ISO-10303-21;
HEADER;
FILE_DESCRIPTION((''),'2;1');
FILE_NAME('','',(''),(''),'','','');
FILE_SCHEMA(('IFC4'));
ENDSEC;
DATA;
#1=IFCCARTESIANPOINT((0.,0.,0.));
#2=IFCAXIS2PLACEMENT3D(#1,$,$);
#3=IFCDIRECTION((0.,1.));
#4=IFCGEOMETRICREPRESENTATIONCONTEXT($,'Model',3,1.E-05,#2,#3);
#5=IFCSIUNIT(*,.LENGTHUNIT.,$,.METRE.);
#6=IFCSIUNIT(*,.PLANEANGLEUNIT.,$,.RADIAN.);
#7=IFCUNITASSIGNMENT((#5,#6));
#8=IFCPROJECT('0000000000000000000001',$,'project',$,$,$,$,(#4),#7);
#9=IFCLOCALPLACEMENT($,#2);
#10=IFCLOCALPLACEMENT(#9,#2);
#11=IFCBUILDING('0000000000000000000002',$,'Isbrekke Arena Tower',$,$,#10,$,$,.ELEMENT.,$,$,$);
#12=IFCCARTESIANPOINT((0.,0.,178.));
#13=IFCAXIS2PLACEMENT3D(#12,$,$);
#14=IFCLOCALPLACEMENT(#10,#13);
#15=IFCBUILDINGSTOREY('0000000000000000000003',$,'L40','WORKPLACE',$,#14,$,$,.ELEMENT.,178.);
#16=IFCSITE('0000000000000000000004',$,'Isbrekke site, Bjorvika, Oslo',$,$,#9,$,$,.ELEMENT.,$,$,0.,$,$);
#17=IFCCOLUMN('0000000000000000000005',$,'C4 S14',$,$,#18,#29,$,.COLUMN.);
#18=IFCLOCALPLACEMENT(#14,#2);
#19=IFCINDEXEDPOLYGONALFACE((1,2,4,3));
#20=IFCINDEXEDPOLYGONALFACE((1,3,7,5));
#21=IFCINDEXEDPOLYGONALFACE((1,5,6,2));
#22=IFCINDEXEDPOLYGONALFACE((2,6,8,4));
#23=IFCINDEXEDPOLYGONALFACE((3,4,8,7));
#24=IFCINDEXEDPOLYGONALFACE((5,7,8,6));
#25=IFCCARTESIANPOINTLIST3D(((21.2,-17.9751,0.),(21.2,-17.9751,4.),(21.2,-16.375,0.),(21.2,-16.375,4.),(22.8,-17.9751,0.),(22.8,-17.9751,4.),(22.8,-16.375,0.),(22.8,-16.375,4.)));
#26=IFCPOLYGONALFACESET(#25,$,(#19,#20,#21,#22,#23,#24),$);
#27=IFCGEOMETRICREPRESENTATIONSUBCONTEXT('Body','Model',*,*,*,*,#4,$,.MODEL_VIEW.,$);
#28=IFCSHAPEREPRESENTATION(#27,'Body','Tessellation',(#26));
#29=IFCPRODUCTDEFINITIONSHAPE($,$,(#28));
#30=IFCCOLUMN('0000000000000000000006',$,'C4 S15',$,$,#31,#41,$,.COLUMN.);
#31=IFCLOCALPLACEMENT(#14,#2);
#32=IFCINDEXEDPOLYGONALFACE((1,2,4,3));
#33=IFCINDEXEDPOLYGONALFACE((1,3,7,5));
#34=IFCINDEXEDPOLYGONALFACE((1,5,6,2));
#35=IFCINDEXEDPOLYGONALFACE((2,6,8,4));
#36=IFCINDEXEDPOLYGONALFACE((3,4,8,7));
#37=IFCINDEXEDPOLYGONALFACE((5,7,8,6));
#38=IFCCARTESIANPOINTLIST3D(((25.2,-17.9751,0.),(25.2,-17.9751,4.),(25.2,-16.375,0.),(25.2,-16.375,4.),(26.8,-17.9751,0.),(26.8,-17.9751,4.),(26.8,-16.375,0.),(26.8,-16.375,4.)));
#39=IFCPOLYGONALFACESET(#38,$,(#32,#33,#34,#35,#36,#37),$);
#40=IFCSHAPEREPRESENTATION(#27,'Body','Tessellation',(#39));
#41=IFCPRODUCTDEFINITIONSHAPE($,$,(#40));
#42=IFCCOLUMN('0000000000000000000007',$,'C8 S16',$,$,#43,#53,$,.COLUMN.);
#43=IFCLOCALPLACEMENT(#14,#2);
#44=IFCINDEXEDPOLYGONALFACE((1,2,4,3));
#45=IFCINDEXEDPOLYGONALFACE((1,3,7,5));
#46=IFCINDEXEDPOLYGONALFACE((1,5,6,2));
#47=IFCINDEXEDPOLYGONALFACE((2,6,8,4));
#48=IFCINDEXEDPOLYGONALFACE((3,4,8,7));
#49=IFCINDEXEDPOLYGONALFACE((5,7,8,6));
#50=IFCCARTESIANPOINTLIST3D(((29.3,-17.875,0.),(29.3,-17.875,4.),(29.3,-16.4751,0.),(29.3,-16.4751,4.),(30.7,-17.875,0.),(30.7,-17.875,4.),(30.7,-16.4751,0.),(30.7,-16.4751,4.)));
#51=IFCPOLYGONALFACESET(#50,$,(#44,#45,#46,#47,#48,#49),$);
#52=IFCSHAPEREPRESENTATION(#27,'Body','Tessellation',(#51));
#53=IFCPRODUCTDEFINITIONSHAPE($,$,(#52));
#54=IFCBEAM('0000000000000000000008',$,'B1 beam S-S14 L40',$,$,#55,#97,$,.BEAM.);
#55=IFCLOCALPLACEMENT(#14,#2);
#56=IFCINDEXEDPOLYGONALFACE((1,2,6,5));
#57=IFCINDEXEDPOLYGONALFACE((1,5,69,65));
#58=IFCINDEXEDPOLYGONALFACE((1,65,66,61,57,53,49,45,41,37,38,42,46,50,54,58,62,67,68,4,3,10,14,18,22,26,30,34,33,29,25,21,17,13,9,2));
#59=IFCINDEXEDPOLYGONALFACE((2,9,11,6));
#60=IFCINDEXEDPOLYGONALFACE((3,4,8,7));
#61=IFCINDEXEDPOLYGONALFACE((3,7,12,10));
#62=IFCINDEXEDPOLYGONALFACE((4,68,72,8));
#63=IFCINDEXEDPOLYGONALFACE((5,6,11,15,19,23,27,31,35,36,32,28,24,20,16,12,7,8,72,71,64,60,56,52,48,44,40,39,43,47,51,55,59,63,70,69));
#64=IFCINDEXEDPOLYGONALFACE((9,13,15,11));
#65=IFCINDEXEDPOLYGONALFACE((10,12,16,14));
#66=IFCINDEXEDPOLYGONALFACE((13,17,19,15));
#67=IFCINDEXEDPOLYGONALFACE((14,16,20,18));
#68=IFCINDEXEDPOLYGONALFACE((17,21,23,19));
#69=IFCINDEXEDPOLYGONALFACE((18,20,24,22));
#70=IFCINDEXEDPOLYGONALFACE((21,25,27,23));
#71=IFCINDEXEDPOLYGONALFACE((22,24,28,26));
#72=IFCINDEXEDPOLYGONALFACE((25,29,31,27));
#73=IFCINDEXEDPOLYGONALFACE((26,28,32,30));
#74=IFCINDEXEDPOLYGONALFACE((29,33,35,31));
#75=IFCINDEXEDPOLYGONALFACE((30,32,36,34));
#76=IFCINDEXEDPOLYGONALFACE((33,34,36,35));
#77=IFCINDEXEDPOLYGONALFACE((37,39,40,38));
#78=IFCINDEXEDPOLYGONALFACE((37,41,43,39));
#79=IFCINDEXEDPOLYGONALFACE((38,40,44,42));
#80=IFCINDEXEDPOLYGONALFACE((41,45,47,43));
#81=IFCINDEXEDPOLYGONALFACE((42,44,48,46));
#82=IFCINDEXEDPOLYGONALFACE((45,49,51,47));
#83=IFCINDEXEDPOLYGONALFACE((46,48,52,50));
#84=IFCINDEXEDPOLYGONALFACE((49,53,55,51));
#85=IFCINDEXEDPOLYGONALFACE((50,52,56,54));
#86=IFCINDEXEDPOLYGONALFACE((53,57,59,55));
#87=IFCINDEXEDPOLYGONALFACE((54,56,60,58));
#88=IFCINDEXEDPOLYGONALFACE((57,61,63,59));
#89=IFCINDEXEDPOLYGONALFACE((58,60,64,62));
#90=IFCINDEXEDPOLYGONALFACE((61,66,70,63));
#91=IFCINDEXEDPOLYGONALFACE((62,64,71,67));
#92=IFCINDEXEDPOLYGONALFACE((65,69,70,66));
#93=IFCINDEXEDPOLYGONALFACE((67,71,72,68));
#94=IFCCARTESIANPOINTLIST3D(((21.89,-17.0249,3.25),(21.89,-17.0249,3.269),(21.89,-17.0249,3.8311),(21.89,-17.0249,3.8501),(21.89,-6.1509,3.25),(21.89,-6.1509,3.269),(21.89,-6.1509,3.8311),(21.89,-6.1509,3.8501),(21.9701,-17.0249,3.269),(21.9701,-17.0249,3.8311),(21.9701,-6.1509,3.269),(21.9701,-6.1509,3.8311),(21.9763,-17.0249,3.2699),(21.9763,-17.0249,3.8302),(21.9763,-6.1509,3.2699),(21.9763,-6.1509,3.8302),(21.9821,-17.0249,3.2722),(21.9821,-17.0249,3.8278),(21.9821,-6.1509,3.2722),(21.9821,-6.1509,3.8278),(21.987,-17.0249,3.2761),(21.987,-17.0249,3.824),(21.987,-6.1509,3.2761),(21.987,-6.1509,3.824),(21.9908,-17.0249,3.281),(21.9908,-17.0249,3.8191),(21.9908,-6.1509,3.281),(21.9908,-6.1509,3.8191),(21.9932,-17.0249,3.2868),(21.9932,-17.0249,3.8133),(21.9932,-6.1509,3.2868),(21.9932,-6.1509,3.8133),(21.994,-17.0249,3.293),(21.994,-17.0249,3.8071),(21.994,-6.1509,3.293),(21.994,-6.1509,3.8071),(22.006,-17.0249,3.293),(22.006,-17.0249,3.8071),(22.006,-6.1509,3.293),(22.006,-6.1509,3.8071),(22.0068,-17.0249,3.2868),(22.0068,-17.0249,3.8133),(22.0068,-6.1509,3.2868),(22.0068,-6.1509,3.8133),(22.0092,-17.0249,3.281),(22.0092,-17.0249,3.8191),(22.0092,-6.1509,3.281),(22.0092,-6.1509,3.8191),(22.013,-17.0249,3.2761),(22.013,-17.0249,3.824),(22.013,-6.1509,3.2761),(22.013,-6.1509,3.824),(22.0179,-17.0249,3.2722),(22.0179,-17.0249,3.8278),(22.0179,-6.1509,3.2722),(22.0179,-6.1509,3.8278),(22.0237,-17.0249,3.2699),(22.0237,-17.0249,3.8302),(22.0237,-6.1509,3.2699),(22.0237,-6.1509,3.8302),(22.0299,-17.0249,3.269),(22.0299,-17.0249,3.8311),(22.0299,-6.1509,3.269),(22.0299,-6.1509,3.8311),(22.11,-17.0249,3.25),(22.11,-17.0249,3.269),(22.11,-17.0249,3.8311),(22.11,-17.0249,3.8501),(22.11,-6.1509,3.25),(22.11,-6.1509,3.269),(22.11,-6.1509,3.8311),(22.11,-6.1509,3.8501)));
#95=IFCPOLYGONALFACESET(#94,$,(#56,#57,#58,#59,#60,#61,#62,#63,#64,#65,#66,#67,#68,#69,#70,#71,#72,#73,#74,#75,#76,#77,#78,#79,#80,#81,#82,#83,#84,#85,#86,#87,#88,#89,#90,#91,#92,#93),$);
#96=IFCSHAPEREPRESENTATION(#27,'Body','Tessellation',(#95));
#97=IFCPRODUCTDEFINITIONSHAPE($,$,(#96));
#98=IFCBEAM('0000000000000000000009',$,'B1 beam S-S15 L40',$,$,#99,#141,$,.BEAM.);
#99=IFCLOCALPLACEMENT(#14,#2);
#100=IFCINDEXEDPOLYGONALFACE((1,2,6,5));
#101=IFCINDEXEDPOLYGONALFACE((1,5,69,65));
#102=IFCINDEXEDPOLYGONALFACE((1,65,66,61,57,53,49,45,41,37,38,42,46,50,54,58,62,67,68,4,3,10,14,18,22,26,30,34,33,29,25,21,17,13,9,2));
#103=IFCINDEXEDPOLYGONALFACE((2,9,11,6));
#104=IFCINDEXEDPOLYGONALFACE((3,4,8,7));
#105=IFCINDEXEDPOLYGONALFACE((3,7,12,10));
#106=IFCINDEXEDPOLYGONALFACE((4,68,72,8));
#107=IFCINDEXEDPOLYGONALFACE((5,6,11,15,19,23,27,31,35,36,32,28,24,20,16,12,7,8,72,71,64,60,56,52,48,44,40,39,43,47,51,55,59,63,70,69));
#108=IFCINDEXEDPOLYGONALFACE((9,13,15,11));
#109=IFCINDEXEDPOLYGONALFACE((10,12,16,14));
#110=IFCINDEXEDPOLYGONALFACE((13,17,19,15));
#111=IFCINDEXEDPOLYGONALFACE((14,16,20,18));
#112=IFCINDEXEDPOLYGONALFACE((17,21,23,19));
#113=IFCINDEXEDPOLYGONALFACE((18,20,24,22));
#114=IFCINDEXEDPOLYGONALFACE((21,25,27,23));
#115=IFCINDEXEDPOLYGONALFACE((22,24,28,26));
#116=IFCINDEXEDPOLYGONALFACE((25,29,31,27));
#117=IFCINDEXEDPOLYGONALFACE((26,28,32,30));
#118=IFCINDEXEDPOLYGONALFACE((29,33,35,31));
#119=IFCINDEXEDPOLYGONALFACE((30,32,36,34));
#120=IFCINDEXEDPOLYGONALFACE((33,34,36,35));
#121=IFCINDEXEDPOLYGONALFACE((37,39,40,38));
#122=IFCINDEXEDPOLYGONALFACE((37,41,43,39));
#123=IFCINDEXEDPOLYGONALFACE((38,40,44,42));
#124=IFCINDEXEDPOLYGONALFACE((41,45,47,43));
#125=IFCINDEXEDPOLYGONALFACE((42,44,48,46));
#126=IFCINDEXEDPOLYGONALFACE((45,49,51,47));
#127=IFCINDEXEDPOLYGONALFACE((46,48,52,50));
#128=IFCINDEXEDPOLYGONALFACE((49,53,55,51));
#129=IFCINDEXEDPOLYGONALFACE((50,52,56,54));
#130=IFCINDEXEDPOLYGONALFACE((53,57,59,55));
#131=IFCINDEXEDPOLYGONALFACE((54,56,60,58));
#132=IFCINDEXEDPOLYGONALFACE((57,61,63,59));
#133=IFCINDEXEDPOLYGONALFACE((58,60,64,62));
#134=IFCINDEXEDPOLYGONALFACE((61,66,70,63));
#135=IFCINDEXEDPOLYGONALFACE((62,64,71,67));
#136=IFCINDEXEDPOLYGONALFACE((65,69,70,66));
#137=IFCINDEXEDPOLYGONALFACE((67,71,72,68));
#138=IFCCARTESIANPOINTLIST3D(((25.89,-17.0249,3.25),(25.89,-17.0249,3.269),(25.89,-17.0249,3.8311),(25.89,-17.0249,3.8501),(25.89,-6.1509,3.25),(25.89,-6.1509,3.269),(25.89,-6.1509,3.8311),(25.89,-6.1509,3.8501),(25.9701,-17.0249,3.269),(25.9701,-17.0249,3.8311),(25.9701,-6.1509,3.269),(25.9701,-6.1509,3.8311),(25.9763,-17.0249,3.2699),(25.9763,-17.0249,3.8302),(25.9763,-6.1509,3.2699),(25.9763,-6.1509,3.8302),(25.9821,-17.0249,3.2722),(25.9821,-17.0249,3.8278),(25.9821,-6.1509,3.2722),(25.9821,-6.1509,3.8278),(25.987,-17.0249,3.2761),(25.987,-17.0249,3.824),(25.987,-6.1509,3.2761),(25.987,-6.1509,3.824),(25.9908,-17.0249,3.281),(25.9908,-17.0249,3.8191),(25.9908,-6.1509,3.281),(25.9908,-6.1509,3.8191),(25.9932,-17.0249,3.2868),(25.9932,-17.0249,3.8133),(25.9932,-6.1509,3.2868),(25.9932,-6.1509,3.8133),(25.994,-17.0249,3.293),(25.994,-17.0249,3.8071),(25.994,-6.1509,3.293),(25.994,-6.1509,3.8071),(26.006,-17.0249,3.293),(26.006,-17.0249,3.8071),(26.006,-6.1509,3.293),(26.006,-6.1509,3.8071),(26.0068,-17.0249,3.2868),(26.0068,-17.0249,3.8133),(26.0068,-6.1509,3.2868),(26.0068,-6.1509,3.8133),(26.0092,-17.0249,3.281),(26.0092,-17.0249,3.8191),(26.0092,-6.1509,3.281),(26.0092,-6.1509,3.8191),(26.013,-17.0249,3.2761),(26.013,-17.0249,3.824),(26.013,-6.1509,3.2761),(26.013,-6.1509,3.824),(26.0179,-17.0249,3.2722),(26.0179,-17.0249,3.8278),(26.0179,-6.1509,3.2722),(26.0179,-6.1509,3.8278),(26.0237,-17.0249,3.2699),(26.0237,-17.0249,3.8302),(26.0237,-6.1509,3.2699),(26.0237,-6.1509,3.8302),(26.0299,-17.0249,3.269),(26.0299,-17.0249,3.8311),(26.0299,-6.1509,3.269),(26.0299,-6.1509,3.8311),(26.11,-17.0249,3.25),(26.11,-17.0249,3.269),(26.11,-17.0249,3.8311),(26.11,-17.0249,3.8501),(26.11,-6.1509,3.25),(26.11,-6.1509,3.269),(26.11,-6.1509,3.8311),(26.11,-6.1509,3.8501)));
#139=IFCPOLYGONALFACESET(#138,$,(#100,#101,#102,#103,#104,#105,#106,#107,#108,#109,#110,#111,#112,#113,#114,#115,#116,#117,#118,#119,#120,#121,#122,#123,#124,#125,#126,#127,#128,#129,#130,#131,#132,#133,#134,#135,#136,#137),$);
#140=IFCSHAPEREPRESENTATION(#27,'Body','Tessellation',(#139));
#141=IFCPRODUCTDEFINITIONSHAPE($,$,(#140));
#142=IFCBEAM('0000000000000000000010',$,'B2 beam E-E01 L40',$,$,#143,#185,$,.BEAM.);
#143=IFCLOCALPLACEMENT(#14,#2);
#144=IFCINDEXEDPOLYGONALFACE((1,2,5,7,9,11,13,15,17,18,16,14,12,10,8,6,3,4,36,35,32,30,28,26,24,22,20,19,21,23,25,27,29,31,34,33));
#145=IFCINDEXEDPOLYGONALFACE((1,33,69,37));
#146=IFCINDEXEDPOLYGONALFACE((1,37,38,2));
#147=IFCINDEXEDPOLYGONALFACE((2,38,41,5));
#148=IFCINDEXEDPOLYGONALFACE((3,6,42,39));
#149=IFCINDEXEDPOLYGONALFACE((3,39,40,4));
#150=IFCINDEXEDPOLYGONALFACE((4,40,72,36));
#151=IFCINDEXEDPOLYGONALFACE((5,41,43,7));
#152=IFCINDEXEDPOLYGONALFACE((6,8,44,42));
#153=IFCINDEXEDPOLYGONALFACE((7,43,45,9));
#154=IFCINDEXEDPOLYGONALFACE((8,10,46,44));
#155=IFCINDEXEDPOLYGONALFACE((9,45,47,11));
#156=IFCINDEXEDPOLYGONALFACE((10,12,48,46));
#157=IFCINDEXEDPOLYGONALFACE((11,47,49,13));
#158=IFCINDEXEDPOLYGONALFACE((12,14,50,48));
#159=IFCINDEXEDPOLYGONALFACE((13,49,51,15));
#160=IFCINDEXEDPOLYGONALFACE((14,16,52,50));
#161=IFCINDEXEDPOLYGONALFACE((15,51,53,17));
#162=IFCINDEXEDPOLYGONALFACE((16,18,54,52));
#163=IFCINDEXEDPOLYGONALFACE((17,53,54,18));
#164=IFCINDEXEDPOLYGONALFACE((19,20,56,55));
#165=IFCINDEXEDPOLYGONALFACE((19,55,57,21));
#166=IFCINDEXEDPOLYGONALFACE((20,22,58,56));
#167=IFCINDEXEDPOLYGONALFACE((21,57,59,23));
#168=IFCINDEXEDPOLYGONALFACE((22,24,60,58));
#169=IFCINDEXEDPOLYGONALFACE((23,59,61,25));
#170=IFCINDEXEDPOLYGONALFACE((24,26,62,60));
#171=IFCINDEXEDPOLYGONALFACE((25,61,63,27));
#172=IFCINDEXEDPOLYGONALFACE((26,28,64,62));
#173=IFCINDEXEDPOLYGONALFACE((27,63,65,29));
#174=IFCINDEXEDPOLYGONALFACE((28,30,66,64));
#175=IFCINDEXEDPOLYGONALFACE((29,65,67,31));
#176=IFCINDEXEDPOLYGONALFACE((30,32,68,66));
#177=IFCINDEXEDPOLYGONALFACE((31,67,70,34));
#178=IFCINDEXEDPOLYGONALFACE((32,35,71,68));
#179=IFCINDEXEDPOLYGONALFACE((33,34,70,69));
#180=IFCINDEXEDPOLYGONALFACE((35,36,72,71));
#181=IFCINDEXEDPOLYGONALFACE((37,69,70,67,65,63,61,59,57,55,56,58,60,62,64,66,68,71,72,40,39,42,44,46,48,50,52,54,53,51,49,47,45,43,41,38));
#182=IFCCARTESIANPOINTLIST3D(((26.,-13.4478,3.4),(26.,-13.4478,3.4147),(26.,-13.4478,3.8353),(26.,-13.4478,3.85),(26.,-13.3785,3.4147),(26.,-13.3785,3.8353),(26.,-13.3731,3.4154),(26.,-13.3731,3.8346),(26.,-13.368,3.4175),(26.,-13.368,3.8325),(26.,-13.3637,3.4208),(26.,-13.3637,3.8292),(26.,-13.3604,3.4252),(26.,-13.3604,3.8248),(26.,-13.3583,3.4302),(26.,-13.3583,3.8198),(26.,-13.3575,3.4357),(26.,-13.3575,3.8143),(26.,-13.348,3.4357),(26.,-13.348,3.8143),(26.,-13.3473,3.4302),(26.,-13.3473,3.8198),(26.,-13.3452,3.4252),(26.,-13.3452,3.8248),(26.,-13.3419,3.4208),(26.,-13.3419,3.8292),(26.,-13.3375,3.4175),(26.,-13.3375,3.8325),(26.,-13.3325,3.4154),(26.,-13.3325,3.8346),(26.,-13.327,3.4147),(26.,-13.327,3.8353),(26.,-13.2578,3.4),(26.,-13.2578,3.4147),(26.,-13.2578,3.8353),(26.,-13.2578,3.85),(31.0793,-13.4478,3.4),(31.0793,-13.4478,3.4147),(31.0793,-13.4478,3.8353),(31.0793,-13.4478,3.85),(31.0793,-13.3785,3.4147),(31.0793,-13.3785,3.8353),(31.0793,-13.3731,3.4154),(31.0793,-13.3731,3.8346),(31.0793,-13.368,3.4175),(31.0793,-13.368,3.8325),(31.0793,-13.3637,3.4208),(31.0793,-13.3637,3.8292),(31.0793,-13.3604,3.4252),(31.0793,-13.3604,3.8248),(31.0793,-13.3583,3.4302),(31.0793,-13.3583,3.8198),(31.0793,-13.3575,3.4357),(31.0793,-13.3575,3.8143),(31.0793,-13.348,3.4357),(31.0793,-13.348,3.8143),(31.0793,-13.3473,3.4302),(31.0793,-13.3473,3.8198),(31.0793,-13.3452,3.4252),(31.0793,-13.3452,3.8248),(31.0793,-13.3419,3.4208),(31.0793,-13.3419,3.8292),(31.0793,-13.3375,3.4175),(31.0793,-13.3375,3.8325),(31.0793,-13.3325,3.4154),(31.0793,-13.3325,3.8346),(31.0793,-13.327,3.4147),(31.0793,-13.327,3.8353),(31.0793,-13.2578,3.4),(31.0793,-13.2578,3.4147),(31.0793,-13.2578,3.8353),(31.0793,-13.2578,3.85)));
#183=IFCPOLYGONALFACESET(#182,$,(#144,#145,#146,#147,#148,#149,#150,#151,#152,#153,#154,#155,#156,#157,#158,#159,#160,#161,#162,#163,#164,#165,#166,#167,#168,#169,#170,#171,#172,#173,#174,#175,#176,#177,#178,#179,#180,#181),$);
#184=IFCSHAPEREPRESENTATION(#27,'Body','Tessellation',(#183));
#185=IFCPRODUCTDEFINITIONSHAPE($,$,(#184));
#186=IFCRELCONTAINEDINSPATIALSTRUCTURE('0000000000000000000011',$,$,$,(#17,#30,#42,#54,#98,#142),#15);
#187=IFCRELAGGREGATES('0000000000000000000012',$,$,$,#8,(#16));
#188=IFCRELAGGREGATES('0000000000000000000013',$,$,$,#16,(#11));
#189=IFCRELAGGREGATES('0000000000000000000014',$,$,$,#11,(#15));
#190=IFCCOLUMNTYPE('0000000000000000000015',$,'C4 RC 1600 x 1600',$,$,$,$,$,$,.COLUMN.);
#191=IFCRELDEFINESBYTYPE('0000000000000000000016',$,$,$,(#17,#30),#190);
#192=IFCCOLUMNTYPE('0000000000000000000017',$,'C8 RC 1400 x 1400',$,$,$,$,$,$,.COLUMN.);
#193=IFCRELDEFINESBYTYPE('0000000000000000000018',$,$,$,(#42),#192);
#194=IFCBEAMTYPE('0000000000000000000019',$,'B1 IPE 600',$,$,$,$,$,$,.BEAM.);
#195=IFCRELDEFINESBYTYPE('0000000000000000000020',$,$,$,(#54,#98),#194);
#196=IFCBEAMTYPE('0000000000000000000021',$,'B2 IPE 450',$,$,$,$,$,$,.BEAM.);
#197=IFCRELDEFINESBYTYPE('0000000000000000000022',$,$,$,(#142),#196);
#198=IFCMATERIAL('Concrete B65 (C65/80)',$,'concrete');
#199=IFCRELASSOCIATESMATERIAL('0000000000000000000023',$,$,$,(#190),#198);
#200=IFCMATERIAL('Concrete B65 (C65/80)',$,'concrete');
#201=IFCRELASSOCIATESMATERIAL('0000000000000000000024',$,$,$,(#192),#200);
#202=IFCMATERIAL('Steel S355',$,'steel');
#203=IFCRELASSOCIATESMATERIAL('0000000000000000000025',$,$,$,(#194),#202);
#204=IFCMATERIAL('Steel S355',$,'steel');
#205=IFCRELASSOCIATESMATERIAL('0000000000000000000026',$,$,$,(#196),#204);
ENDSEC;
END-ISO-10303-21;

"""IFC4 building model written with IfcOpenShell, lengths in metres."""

from ifc_helpers import new_model, si_unit, direction, frame, origin, origin_2d, place, context, subcontext, project, spatial, rectangle, i_section, extrude, material, material_profile, profile_set, type_object, element, save


model = new_model("IFC4")

# Units and contexts
model_context = context("Model", 3, precision=1e-05, world=origin(), true_north=direction((0.0, 1.0)))
body_context = subcontext(model_context, "Body", "Model", "MODEL_VIEW")
ifc_project = project(units=[si_unit("LENGTHUNIT", "METRE"), si_unit("PLANEANGLEUNIT", "RADIAN")], contexts=[model_context])

# Site, building, storey
site_placement = place(None, origin())
site = spatial("IfcSite", under=ifc_project, at=site_placement, Name="Isbrekke site, Bjorvika, Oslo", CompositionType="ELEMENT", RefElevation=0.0)
building_placement = place(site_placement, origin())
building = spatial("IfcBuilding", under=site, at=building_placement, Name="Isbrekke Arena Tower", CompositionType="ELEMENT")
storey_placement = place(building_placement, frame((0.0, 0.0, 178.0)))
storey = spatial("IfcBuildingStorey", under=building, at=storey_placement, Name="L40", Description="WORKPLACE", CompositionType="ELEMENT", Elevation=178.0)

# Columns
ifc_material_1 = material(Name="Concrete B65 (C65/80)", Category="concrete")
ifc_material_profile_1 = material_profile(ifc_material_1, rectangle(XDim=1.6001, YDim=1.6001, at=origin_2d()), Name="RC 1600x1600")
ifc_profile_set_1 = profile_set([ifc_material_profile_1], Name="Concrete B65 (C65/80)")
column_type_1 = type_object("IfcColumnType", Name="C4 RC 1600 x 1600", PredefinedType="COLUMN", material=ifc_profile_set_1)
for number, where, z_axis, x_axis, name in (
    (1, (22.0, -17.175, 0.0), (0.0, 0.0, 1.0), (1.0, 0.0, 0.0), "C4 S14"),
    (2, (26.0, -17.175, 0.0), (0.0, 0.0, 1.0), (1.0, 0.0, 0.0), "C4 S15"),
):
    element("IfcColumn", number, at=place(storey_placement, frame(where, z_axis=z_axis, x_axis=x_axis)), inside=storey, type_object=column_type_1, Name=name, PredefinedType="COLUMN", context=body_context, shape_type="SweptSolid", body=[
        extrude(rectangle(XDim=1.6001, YDim=1.6001, at=origin_2d()), origin(), (0.0, 0.0, 1.0), 4.0),
    ])
ifc_material_2 = material(Name="Concrete B65 (C65/80)", Category="concrete")
ifc_material_profile_2 = material_profile(ifc_material_2, rectangle(XDim=1.3999, YDim=1.3999, at=origin_2d()), Name="RC 1400x1400")
ifc_profile_set_2 = profile_set([ifc_material_profile_2], Name="Concrete B65 (C65/80)")
column_type_2 = type_object("IfcColumnType", Name="C8 RC 1400 x 1400", PredefinedType="COLUMN", material=ifc_profile_set_2)
column_placement = place(storey_placement, frame((30.0, -17.175, 0.0), z_axis=(0.0, 0.0, 1.0), x_axis=(1.0, 0.0, 0.0)))
element("IfcColumn", 3, at=column_placement, inside=storey, type_object=column_type_2, Name="C8 S16", PredefinedType="COLUMN", context=body_context, shape_type="SweptSolid", body=[
    extrude(rectangle(XDim=1.3999, YDim=1.3999, at=origin_2d()), origin(), (0.0, 0.0, 1.0), 4.0),
])

# Beams
ifc_material_3 = material(Name="Steel S355", Category="steel")
ifc_material_profile_3 = material_profile(ifc_material_3, i_section(OverallWidth=0.22, OverallDepth=0.6001, WebThickness=0.012, FlangeThickness=0.019, FilletRadius=0.0239, at=origin_2d()), Name="IPE 600")
ifc_profile_set_3 = profile_set([ifc_material_profile_3], Name="Steel S355")
beam_type_1 = type_object("IfcBeamType", Name="B1 IPE 600", PredefinedType="BEAM", material=ifc_profile_set_3)
for number, where, z_axis, x_axis, name in (
    (4, (22.0, -17.0249, 3.55), (0.0, 1.0, 0.0), (-1.0, 0.0, 0.0), "B1 beam S-S14 L40"),
    (5, (26.0, -17.0249, 3.55), (0.0, 1.0, 0.0), (-1.0, 0.0, 0.0), "B1 beam S-S15 L40"),
):
    element("IfcBeam", number, at=place(storey_placement, frame(where, z_axis=z_axis, x_axis=x_axis)), inside=storey, type_object=beam_type_1, Name=name, PredefinedType="BEAM", context=body_context, shape_type="SweptSolid", body=[
        extrude(i_section(OverallWidth=0.22, OverallDepth=0.6001, WebThickness=0.012, FlangeThickness=0.019, FilletRadius=0.0239, at=origin_2d()), origin(), (0.0, 0.0, 1.0), 10.874),
    ])
ifc_material_4 = material(Name="Steel S355", Category="steel")
ifc_material_profile_4 = material_profile(ifc_material_4, i_section(OverallWidth=0.1899, OverallDepth=0.45, WebThickness=0.0095, FlangeThickness=0.0146, FilletRadius=0.021, at=origin_2d()), Name="IPE 450")
ifc_profile_set_4 = profile_set([ifc_material_profile_4], Name="Steel S355")
beam_type_2 = type_object("IfcBeamType", Name="B2 IPE 450", PredefinedType="BEAM", material=ifc_profile_set_4)
beam_1_placement = place(storey_placement, frame((31.0793, -13.3528, 3.625), z_axis=(-1.0, 0.0, 0.0), x_axis=(0.0, -1.0, 0.0)))
element("IfcBeam", 6, at=beam_1_placement, inside=storey, type_object=beam_type_2, Name="B2 beam E-E01 L40", PredefinedType="BEAM", context=body_context, shape_type="SweptSolid", body=[
    extrude(i_section(OverallWidth=0.1899, OverallDepth=0.45, WebThickness=0.0095, FlangeThickness=0.0146, FilletRadius=0.021, at=origin_2d()), origin(), (0.0, 0.0, 1.0), 5.0793),
])

save(model, "model.ifc")
